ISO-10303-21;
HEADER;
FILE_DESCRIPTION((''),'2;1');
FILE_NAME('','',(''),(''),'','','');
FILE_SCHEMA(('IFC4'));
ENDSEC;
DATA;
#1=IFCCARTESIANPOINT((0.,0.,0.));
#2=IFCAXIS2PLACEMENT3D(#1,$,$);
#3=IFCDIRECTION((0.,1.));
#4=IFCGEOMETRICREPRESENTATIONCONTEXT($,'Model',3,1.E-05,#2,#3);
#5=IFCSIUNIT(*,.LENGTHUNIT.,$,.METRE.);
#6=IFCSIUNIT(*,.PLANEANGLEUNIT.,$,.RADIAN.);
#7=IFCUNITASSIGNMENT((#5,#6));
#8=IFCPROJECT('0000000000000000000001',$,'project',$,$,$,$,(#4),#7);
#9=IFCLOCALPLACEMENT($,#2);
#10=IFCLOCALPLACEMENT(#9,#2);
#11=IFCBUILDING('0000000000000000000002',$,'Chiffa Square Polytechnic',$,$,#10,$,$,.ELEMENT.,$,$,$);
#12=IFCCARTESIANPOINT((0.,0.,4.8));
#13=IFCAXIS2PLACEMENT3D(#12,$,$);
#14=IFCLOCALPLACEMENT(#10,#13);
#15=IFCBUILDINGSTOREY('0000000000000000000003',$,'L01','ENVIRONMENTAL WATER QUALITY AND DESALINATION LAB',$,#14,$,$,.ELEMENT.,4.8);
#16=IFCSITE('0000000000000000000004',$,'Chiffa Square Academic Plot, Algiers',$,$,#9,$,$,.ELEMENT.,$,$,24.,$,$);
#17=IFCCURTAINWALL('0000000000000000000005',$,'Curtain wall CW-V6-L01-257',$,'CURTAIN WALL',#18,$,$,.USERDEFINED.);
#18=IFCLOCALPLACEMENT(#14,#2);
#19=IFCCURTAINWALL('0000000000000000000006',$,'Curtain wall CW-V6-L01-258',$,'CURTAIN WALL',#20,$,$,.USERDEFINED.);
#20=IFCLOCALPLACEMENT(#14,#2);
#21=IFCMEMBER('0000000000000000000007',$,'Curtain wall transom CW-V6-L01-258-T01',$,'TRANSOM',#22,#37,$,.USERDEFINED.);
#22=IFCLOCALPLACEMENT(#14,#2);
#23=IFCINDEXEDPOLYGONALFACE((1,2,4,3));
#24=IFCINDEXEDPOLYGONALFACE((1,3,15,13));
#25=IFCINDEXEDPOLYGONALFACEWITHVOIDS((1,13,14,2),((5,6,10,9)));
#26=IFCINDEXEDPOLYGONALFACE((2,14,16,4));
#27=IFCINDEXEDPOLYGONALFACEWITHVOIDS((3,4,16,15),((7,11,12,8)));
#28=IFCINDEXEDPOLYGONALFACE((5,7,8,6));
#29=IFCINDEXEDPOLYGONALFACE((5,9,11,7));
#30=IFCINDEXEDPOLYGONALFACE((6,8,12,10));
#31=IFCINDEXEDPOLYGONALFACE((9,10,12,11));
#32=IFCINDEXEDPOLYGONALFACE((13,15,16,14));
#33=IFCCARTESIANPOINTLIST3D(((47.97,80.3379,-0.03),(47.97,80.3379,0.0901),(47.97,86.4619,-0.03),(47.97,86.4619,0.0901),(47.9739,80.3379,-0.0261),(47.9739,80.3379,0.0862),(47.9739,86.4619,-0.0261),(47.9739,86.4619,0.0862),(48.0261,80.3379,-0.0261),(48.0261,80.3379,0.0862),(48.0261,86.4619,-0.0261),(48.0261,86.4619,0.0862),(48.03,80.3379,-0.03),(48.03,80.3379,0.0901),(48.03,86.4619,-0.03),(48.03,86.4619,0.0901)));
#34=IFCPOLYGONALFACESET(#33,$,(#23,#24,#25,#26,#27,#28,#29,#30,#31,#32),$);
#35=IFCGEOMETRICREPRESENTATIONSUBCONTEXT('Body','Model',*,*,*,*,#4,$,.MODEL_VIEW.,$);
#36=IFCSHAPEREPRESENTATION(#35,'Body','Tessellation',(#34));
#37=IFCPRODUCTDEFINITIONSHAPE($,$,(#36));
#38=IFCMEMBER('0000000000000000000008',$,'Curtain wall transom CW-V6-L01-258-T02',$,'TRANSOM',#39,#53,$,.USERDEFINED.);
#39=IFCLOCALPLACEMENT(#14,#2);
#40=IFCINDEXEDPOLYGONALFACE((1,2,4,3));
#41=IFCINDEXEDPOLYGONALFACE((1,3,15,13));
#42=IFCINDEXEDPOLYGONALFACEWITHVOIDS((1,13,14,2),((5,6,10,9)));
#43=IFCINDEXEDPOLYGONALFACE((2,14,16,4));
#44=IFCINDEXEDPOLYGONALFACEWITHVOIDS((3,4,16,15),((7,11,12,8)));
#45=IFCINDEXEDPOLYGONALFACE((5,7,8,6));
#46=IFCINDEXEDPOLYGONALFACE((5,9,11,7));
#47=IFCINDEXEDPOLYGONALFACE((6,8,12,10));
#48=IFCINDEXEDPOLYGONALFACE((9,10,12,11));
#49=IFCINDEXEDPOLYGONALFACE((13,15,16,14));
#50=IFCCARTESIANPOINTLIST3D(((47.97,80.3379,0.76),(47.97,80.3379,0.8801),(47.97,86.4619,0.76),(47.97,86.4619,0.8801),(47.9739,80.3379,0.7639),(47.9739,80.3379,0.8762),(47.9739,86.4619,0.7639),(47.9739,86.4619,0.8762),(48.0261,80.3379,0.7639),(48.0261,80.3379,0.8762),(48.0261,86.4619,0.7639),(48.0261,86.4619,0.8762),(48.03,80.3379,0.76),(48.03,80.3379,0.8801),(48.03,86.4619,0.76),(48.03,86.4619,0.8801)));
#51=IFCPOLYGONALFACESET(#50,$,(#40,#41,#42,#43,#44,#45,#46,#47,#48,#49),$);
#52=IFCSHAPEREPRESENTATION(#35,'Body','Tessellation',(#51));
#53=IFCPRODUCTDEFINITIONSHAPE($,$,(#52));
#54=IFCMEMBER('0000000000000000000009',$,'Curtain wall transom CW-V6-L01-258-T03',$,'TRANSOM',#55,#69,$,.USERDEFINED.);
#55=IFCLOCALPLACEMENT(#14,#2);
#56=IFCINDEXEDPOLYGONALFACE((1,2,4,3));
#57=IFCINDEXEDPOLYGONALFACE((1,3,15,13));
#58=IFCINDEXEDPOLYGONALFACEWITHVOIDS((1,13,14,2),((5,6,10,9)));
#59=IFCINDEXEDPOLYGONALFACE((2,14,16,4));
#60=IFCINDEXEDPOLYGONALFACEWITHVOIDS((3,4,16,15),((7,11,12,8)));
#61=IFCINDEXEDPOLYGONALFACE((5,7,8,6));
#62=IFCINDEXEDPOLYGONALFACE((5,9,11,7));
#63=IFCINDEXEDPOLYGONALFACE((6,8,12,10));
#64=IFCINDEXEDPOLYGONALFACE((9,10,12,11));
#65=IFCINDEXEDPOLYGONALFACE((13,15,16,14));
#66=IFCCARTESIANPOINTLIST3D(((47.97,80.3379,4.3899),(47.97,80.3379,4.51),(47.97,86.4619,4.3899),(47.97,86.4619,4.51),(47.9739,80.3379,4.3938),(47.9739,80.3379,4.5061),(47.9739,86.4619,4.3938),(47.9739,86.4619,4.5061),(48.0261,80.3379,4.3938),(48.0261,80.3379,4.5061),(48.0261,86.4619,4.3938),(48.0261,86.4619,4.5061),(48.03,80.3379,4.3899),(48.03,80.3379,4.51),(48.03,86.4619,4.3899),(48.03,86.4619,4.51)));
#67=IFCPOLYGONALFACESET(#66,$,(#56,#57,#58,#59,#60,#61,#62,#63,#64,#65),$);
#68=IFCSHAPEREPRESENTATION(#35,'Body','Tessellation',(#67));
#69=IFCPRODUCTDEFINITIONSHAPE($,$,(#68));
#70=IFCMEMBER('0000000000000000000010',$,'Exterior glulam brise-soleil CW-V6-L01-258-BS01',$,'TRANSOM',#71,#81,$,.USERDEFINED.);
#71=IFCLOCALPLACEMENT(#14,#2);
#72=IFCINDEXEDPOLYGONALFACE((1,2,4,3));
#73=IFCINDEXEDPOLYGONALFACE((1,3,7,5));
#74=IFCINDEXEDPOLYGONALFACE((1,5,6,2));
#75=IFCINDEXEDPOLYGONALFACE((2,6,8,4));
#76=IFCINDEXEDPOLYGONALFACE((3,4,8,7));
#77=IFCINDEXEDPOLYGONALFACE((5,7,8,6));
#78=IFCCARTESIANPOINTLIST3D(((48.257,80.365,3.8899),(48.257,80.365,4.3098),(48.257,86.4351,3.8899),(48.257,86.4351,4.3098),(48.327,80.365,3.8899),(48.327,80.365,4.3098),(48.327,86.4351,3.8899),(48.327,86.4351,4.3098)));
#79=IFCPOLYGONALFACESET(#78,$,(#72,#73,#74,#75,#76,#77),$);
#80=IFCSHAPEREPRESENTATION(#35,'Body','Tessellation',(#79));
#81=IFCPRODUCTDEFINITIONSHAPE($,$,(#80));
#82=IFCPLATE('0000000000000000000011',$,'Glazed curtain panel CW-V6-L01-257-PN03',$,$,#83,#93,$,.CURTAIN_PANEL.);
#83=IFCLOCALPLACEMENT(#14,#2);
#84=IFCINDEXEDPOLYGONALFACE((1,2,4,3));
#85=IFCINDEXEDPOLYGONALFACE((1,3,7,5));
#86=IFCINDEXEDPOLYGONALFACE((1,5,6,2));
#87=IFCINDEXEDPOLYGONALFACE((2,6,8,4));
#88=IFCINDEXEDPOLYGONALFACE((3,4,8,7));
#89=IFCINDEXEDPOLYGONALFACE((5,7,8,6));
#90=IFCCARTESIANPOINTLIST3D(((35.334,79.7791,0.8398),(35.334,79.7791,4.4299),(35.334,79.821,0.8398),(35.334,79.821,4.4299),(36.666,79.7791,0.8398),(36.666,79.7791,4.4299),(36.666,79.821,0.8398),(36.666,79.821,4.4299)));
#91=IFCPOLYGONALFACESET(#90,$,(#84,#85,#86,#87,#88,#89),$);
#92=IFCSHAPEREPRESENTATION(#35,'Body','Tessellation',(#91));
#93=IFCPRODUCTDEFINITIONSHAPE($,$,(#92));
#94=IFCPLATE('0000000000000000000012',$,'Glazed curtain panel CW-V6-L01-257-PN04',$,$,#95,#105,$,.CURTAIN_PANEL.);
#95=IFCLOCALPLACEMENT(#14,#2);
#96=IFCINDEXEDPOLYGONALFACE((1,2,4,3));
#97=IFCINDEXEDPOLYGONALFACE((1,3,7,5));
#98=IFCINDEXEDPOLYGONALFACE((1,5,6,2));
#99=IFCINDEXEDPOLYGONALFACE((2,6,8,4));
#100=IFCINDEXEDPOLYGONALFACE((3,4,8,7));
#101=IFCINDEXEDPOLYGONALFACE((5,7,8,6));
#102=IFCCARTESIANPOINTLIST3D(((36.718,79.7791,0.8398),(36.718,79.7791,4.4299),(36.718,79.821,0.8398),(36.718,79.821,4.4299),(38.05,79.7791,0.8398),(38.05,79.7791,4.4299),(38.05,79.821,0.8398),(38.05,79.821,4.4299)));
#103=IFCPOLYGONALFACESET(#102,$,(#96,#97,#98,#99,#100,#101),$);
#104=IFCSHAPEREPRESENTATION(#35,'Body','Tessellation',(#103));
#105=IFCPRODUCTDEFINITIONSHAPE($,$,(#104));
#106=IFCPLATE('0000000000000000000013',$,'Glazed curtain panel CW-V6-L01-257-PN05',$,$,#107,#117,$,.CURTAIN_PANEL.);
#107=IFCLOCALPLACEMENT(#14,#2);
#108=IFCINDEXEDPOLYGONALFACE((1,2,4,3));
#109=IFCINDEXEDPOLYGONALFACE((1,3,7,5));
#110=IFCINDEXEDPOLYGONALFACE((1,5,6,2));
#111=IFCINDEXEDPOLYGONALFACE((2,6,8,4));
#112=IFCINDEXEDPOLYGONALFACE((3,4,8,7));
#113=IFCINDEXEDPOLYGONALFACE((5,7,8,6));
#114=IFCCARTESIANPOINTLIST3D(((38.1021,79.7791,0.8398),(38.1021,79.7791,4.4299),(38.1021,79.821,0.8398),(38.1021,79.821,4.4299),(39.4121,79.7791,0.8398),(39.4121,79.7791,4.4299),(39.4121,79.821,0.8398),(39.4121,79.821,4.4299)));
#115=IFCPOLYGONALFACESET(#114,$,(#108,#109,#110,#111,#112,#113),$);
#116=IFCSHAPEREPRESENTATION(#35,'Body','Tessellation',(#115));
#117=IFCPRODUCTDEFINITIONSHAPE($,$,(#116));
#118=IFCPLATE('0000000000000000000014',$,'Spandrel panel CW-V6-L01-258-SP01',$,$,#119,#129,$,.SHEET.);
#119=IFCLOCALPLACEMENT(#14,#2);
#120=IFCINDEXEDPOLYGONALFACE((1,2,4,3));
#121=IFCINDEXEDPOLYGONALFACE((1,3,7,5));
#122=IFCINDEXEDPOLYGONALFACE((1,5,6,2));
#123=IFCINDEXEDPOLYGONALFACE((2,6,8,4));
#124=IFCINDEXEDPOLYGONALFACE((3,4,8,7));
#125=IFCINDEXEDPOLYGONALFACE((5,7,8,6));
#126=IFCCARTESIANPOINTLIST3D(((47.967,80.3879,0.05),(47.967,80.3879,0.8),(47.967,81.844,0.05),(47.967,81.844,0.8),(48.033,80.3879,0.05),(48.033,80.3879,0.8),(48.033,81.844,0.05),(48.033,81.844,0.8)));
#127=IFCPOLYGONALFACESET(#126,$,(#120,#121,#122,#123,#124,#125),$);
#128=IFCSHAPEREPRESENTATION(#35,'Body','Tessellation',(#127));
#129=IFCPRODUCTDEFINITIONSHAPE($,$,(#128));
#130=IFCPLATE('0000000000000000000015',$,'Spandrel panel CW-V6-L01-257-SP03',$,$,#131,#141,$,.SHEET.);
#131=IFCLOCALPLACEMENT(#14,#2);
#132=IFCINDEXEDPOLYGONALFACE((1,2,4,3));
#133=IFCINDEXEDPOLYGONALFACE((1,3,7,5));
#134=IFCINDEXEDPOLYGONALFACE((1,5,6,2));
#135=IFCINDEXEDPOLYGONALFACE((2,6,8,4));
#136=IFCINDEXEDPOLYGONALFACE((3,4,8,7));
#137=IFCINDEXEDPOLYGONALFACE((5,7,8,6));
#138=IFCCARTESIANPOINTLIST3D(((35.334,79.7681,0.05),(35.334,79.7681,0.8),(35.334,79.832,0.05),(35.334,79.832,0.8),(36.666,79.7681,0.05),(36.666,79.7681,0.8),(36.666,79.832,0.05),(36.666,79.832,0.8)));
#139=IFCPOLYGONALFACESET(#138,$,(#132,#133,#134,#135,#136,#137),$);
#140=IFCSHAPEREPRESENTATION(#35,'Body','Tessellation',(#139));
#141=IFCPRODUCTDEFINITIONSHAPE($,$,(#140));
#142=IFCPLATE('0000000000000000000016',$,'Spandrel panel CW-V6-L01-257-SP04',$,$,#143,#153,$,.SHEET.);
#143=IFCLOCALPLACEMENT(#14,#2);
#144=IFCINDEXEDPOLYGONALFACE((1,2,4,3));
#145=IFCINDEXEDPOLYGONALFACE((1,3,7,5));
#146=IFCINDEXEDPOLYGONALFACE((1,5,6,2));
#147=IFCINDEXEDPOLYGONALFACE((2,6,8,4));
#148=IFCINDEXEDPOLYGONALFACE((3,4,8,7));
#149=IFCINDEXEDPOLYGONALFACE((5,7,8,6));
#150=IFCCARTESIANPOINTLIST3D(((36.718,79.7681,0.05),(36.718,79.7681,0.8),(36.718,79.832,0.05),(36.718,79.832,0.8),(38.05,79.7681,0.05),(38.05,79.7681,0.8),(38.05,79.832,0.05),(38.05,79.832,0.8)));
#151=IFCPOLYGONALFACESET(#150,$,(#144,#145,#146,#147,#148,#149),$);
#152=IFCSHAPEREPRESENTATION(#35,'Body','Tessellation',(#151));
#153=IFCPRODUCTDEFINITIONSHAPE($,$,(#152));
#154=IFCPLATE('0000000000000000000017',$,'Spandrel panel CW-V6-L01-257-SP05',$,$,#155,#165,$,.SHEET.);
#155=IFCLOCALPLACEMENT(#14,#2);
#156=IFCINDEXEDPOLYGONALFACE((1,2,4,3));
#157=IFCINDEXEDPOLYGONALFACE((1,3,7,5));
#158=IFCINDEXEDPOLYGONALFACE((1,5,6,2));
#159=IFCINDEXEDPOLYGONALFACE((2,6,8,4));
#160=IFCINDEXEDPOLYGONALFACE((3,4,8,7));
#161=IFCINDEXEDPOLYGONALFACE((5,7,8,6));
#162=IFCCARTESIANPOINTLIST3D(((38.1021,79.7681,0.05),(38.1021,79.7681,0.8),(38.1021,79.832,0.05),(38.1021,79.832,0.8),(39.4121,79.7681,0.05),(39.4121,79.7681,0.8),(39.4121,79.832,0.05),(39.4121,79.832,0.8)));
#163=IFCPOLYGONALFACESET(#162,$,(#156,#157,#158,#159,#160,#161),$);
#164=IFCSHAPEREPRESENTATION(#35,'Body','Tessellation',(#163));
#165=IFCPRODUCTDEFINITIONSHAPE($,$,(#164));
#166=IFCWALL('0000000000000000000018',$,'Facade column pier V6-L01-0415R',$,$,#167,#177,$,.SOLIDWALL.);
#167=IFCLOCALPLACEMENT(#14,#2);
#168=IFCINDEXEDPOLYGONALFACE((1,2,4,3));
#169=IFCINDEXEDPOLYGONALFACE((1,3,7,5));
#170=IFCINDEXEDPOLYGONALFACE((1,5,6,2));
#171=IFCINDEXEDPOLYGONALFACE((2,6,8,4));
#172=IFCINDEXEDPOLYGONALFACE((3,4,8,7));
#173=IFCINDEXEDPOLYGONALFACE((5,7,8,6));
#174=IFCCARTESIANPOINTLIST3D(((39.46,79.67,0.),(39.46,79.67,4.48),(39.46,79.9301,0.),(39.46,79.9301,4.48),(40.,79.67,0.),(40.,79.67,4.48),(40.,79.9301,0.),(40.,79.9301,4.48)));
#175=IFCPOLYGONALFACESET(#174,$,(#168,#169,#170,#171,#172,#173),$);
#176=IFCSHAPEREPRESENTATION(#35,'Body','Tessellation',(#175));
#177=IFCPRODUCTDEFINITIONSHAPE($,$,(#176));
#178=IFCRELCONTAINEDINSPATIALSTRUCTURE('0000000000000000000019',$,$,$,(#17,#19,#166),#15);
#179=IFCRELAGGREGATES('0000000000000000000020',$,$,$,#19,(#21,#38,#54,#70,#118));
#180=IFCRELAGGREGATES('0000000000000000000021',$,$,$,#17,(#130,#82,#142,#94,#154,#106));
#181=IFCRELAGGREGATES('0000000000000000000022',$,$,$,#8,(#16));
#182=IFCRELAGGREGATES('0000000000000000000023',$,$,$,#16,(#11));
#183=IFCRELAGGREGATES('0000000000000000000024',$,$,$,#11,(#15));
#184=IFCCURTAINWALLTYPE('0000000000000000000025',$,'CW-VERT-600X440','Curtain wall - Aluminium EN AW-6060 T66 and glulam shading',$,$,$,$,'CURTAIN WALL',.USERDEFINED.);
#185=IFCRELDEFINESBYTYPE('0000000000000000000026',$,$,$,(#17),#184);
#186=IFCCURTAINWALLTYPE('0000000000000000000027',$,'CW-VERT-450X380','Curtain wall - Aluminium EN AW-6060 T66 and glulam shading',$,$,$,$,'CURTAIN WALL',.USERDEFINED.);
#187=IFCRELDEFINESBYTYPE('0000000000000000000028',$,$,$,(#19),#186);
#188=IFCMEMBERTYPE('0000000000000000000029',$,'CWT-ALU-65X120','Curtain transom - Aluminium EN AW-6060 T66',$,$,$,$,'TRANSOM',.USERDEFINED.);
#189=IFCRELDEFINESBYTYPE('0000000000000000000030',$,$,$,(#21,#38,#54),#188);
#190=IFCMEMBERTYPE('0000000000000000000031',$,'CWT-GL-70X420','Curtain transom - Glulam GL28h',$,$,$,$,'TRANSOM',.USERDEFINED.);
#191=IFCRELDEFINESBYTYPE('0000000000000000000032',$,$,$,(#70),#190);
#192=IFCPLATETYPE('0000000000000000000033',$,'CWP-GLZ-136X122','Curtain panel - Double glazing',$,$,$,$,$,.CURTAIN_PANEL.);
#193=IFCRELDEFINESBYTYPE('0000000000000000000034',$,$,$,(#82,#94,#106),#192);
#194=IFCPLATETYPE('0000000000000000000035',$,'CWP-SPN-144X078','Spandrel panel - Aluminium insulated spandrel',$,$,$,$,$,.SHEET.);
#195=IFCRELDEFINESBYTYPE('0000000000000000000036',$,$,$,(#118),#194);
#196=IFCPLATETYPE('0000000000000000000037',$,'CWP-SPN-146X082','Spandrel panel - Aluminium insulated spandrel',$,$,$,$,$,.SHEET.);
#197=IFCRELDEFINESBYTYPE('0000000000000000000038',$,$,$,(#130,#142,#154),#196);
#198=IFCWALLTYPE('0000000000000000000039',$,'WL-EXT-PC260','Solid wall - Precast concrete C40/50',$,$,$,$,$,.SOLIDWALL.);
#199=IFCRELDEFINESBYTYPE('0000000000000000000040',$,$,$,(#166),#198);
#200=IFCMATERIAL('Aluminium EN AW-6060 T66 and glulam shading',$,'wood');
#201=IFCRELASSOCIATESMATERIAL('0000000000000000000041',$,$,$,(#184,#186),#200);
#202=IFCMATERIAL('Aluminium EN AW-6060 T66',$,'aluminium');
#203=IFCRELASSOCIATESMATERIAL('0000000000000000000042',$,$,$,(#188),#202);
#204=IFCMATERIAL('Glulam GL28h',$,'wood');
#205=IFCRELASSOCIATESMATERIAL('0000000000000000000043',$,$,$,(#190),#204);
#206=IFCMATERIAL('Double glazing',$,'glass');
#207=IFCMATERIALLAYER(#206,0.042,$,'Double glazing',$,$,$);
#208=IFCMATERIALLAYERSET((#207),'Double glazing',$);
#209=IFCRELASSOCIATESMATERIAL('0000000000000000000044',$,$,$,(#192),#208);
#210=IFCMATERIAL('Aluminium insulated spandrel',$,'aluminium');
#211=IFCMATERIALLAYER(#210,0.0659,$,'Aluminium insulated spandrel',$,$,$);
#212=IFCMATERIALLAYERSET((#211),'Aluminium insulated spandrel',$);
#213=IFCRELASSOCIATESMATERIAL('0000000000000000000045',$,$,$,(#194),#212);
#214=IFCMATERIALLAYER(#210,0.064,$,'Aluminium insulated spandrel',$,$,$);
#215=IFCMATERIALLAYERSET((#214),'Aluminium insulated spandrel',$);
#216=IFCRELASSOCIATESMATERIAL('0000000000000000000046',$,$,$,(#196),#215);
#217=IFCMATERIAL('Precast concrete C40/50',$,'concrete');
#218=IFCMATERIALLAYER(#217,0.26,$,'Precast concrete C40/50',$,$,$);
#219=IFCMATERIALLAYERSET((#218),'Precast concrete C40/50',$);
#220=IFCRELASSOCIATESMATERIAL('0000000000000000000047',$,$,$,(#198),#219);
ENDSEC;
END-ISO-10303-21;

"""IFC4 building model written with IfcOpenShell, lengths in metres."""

from ifc_helpers import new_model, si_unit, direction, frame, frame_2d, origin, origin_2d, place, context, subcontext, project, spatial, rectangle, hollow_rectangle, extrude, material, layer, layer_set, material_profile, profile_set, type_object, element, aggregate, save


model = new_model("IFC4")

# Units and contexts
model_context = context("Model", 3, precision=1e-05, world=origin(), true_north=direction((0.0, 1.0)))
body_context = subcontext(model_context, "Body", "Model", "MODEL_VIEW")
ifc_project = project(units=[si_unit("LENGTHUNIT", "METRE"), si_unit("PLANEANGLEUNIT", "RADIAN")], contexts=[model_context])

# Site, building, storey
site_placement = place(None, origin())
site = spatial("IfcSite", under=ifc_project, at=site_placement, Name="Chiffa Square Academic Plot, Algiers", CompositionType="ELEMENT", RefElevation=24.0)
building_placement = place(site_placement, origin())
building = spatial("IfcBuilding", under=site, at=building_placement, Name="Chiffa Square Polytechnic", CompositionType="ELEMENT")
storey_placement = place(building_placement, frame((0.0, 0.0, 4.8)))
storey = spatial("IfcBuildingStorey", under=building, at=storey_placement, Name="L01", Description="ENVIRONMENTAL WATER QUALITY AND DESALINATION LAB", CompositionType="ELEMENT", Elevation=4.8)

# Curtain wall
ifc_material_1 = material(Name="Aluminium EN AW-6060 T66 and glulam shading", Category="wood")
curtain_wall_type_1 = type_object("IfcCurtainWallType", Name="CW-VERT-600X440", Description="Curtain wall - Aluminium EN AW-6060 T66 and glulam shading", ElementType="CURTAIN WALL", PredefinedType="USERDEFINED", material=ifc_material_1)
curtain_wall_1_placement = place(storey_placement, origin())
curtain_wall_1 = element("IfcCurtainWall", 1, at=curtain_wall_1_placement, inside=storey, type_object=curtain_wall_type_1, Name="Curtain wall CW-V6-L01-257", ObjectType="CURTAIN WALL", PredefinedType="USERDEFINED")
ifc_material_2 = material(Name="Aluminium EN AW-6060 T66", Category="aluminium")

# Curtain wall
curtain_wall_type_2 = type_object("IfcCurtainWallType", Name="CW-VERT-450X380", Description="Curtain wall - Aluminium EN AW-6060 T66 and glulam shading", ElementType="CURTAIN WALL", PredefinedType="USERDEFINED", material=ifc_material_1)
curtain_wall_2_placement = place(storey_placement, origin())
curtain_wall_2 = element("IfcCurtainWall", 2, at=curtain_wall_2_placement, inside=storey, type_object=curtain_wall_type_2, Name="Curtain wall CW-V6-L01-258", ObjectType="CURTAIN WALL", PredefinedType="USERDEFINED")

# Members
ifc_material_3 = material(Name="Glulam GL28h", Category="wood")
ifc_material_profile_1 = material_profile(ifc_material_2, hollow_rectangle(XDim=0.0601, YDim=0.1201, WallThickness=0.0039, at=origin_2d()), Name="ALU 60x120x4")
ifc_profile_set_1 = profile_set([ifc_material_profile_1], Name="Aluminium EN AW-6060 T66")
member_type_1 = type_object("IfcMemberType", Name="CWT-ALU-65X120", Description="Curtain transom - Aluminium EN AW-6060 T66", ElementType="TRANSOM", PredefinedType="USERDEFINED", material=ifc_profile_set_1)
member_1_placement = place(storey_placement, frame((48.0, 80.3379, 0.03), z_axis=(0.0, 1.0, 0.0), x_axis=(-1.0, 0.0, 0.0)))
member_1 = element("IfcMember", 3, at=member_1_placement, type_object=member_type_1, Name="Curtain wall transom CW-V6-L01-258-T01", ObjectType="TRANSOM", PredefinedType="USERDEFINED", context=body_context, shape_type="SweptSolid", body=[
    extrude(hollow_rectangle(XDim=0.0601, YDim=0.1201, WallThickness=0.0039, at=origin_2d()), origin(), (0.0, 0.0, 1.0), 6.124),
])
member_2_placement = place(storey_placement, frame((48.0, 80.3379, 0.8201), z_axis=(0.0, 1.0, 0.0), x_axis=(-1.0, 0.0, 0.0)))
member_2 = element("IfcMember", 4, at=member_2_placement, type_object=member_type_1, Name="Curtain wall transom CW-V6-L01-258-T02", ObjectType="TRANSOM", PredefinedType="USERDEFINED", context=body_context, shape_type="SweptSolid", body=[
    extrude(hollow_rectangle(XDim=0.0601, YDim=0.1201, WallThickness=0.0039, at=origin_2d()), origin(), (0.0, 0.0, 1.0), 6.124),
])
member_3_placement = place(storey_placement, frame((48.0, 80.3379, 4.45), z_axis=(0.0, 1.0, 0.0), x_axis=(-1.0, 0.0, 0.0)))
member_3 = element("IfcMember", 5, at=member_3_placement, type_object=member_type_1, Name="Curtain wall transom CW-V6-L01-258-T03", ObjectType="TRANSOM", PredefinedType="USERDEFINED", context=body_context, shape_type="SweptSolid", body=[
    extrude(hollow_rectangle(XDim=0.0601, YDim=0.1201, WallThickness=0.0039, at=origin_2d()), origin(), (0.0, 0.0, 1.0), 6.124),
])
ifc_material_profile_2 = material_profile(ifc_material_3, rectangle(XDim=0.0701, YDim=0.4199, at=origin_2d()), Name="GL28h 70x420")
ifc_profile_set_2 = profile_set([ifc_material_profile_2], Name="Glulam GL28h")
member_type_2 = type_object("IfcMemberType", Name="CWT-GL-70X420", Description="Curtain transom - Glulam GL28h", ElementType="TRANSOM", PredefinedType="USERDEFINED", material=ifc_profile_set_2)
member_4_placement = place(storey_placement, frame((48.292, 80.365, 4.0999), z_axis=(0.0, 1.0, 0.0), x_axis=(-1.0, 0.0, 0.0)))
member_4 = element("IfcMember", 6, at=member_4_placement, type_object=member_type_2, Name="Exterior glulam brise-soleil CW-V6-L01-258-BS01", ObjectType="TRANSOM", PredefinedType="USERDEFINED", context=body_context, shape_type="SweptSolid", body=[
    extrude(rectangle(XDim=0.0701, YDim=0.4199, at=origin_2d()), origin(), (0.0, 0.0, 1.0), 6.0701),
])

# Plates
ifc_material_4 = material(Name="Double glazing", Category="glass")
ifc_layer_1 = layer(ifc_material_4, 0.042, Name="Double glazing")
ifc_layer_set_1 = layer_set([ifc_layer_1], Name="Double glazing")
plate_type_1 = type_object("IfcPlateType", Name="CWP-GLZ-136X122", Description="Curtain panel - Double glazing", PredefinedType="CURTAIN_PANEL", material=ifc_layer_set_1)
plate_1_placement = place(storey_placement, frame((36.0, 79.8, 0.8398), z_axis=(0.0, 0.0, 1.0), x_axis=(1.0, 0.0, 0.0)))
plate_1 = element("IfcPlate", 7, at=plate_1_placement, type_object=plate_type_1, Name="Glazed curtain panel CW-V6-L01-257-PN03", PredefinedType="CURTAIN_PANEL", context=body_context, shape_type="SweptSolid", body=[
    extrude(rectangle(XDim=1.332, YDim=0.042, at=origin_2d()), origin(), (0.0, 0.0, 1.0), 3.5901),
])
plate_2_placement = place(storey_placement, frame((37.384, 79.8, 0.8398), z_axis=(0.0, 0.0, 1.0), x_axis=(1.0, 0.0, 0.0)))
plate_2 = element("IfcPlate", 8, at=plate_2_placement, type_object=plate_type_1, Name="Glazed curtain panel CW-V6-L01-257-PN04", PredefinedType="CURTAIN_PANEL", context=body_context, shape_type="SweptSolid", body=[
    extrude(rectangle(XDim=1.332, YDim=0.042, at=origin_2d()), origin(), (0.0, 0.0, 1.0), 3.5901),
])
plate_3_placement = place(storey_placement, frame((38.7571, 79.8, 0.8398), z_axis=(0.0, 0.0, 1.0), x_axis=(1.0, 0.0, 0.0)))
plate_3 = element("IfcPlate", 9, at=plate_3_placement, type_object=plate_type_1, Name="Glazed curtain panel CW-V6-L01-257-PN05", PredefinedType="CURTAIN_PANEL", context=body_context, shape_type="SweptSolid", body=[
    extrude(rectangle(XDim=1.3101, YDim=0.042, at=origin_2d()), origin(), (0.0, 0.0, 1.0), 3.5901),
])
ifc_material_5 = material(Name="Aluminium insulated spandrel", Category="aluminium")
ifc_layer_2 = layer(ifc_material_5, 0.0659, Name="Aluminium insulated spandrel")
ifc_layer_set_2 = layer_set([ifc_layer_2], Name="Aluminium insulated spandrel")
plate_type_2 = type_object("IfcPlateType", Name="CWP-SPN-144X078", Description="Spandrel panel - Aluminium insulated spandrel", PredefinedType="SHEET", material=ifc_layer_set_2)
plate_4_placement = place(storey_placement, frame((48.0, 81.116, 0.05), z_axis=(0.0, 0.0, 1.0), x_axis=(0.0, 1.0, 0.0)))
plate_4 = element("IfcPlate", 10, at=plate_4_placement, type_object=plate_type_2, Name="Spandrel panel CW-V6-L01-258-SP01", PredefinedType="SHEET", context=body_context, shape_type="SweptSolid", body=[
    extrude(rectangle(XDim=1.4561, YDim=0.0659, at=origin_2d()), origin(), (0.0, 0.0, 1.0), 0.75),
])
aggregate(curtain_wall_2, [member_1, member_2, member_3, member_4, plate_4])
ifc_layer_3 = layer(ifc_material_5, 0.064, Name="Aluminium insulated spandrel")
ifc_layer_set_3 = layer_set([ifc_layer_3], Name="Aluminium insulated spandrel")
plate_type_3 = type_object("IfcPlateType", Name="CWP-SPN-146X082", Description="Spandrel panel - Aluminium insulated spandrel", PredefinedType="SHEET", material=ifc_layer_set_3)
plate_5_placement = place(storey_placement, frame((36.0, 79.8, 0.05), z_axis=(0.0, 0.0, 1.0), x_axis=(1.0, 0.0, 0.0)))
plate_5 = element("IfcPlate", 11, at=plate_5_placement, type_object=plate_type_3, Name="Spandrel panel CW-V6-L01-257-SP03", PredefinedType="SHEET", context=body_context, shape_type="SweptSolid", body=[
    extrude(rectangle(XDim=1.332, YDim=0.064, at=origin_2d()), origin(), (0.0, 0.0, 1.0), 0.75),
])
plate_6_placement = place(storey_placement, frame((37.384, 79.8, 0.05), z_axis=(0.0, 0.0, 1.0), x_axis=(1.0, 0.0, 0.0)))
plate_6 = element("IfcPlate", 12, at=plate_6_placement, type_object=plate_type_3, Name="Spandrel panel CW-V6-L01-257-SP04", PredefinedType="SHEET", context=body_context, shape_type="SweptSolid", body=[
    extrude(rectangle(XDim=1.332, YDim=0.064, at=origin_2d()), origin(), (0.0, 0.0, 1.0), 0.75),
])
plate_7_placement = place(storey_placement, frame((38.7571, 79.8, 0.05), z_axis=(0.0, 0.0, 1.0), x_axis=(1.0, 0.0, 0.0)))
plate_7 = element("IfcPlate", 13, at=plate_7_placement, type_object=plate_type_3, Name="Spandrel panel CW-V6-L01-257-SP05", PredefinedType="SHEET", context=body_context, shape_type="SweptSolid", body=[
    extrude(rectangle(XDim=1.3101, YDim=0.064, at=origin_2d()), origin(), (0.0, 0.0, 1.0), 0.75),
])
aggregate(curtain_wall_1, [plate_5, plate_1, plate_6, plate_2, plate_7, plate_3])

# Wall
ifc_material_6 = material(Name="Precast concrete C40/50", Category="concrete")
ifc_layer_4 = layer(ifc_material_6, 0.26, Name="Precast concrete C40/50")
ifc_layer_set_4 = layer_set([ifc_layer_4], Name="Precast concrete C40/50")
wall_type_1 = type_object("IfcWallType", Name="WL-EXT-PC260", Description="Solid wall - Precast concrete C40/50", PredefinedType="SOLIDWALL", material=ifc_layer_set_4)
wall_1_placement = place(storey_placement, frame((39.46, 79.8, 0.0), z_axis=(0.0, 0.0, 1.0), x_axis=(1.0, 0.0, 0.0)))
element("IfcWall", 14, at=wall_1_placement, inside=storey, type_object=wall_type_1, Name="Facade column pier V6-L01-0415R", PredefinedType="SOLIDWALL", context=body_context, shape_type="SweptSolid", body=[
    extrude(rectangle(XDim=0.54, YDim=0.26, at=frame_2d((0.27, 0.0))), origin(), (0.0, 0.0, 1.0), 4.48),
])

save(model, "model.ifc")
